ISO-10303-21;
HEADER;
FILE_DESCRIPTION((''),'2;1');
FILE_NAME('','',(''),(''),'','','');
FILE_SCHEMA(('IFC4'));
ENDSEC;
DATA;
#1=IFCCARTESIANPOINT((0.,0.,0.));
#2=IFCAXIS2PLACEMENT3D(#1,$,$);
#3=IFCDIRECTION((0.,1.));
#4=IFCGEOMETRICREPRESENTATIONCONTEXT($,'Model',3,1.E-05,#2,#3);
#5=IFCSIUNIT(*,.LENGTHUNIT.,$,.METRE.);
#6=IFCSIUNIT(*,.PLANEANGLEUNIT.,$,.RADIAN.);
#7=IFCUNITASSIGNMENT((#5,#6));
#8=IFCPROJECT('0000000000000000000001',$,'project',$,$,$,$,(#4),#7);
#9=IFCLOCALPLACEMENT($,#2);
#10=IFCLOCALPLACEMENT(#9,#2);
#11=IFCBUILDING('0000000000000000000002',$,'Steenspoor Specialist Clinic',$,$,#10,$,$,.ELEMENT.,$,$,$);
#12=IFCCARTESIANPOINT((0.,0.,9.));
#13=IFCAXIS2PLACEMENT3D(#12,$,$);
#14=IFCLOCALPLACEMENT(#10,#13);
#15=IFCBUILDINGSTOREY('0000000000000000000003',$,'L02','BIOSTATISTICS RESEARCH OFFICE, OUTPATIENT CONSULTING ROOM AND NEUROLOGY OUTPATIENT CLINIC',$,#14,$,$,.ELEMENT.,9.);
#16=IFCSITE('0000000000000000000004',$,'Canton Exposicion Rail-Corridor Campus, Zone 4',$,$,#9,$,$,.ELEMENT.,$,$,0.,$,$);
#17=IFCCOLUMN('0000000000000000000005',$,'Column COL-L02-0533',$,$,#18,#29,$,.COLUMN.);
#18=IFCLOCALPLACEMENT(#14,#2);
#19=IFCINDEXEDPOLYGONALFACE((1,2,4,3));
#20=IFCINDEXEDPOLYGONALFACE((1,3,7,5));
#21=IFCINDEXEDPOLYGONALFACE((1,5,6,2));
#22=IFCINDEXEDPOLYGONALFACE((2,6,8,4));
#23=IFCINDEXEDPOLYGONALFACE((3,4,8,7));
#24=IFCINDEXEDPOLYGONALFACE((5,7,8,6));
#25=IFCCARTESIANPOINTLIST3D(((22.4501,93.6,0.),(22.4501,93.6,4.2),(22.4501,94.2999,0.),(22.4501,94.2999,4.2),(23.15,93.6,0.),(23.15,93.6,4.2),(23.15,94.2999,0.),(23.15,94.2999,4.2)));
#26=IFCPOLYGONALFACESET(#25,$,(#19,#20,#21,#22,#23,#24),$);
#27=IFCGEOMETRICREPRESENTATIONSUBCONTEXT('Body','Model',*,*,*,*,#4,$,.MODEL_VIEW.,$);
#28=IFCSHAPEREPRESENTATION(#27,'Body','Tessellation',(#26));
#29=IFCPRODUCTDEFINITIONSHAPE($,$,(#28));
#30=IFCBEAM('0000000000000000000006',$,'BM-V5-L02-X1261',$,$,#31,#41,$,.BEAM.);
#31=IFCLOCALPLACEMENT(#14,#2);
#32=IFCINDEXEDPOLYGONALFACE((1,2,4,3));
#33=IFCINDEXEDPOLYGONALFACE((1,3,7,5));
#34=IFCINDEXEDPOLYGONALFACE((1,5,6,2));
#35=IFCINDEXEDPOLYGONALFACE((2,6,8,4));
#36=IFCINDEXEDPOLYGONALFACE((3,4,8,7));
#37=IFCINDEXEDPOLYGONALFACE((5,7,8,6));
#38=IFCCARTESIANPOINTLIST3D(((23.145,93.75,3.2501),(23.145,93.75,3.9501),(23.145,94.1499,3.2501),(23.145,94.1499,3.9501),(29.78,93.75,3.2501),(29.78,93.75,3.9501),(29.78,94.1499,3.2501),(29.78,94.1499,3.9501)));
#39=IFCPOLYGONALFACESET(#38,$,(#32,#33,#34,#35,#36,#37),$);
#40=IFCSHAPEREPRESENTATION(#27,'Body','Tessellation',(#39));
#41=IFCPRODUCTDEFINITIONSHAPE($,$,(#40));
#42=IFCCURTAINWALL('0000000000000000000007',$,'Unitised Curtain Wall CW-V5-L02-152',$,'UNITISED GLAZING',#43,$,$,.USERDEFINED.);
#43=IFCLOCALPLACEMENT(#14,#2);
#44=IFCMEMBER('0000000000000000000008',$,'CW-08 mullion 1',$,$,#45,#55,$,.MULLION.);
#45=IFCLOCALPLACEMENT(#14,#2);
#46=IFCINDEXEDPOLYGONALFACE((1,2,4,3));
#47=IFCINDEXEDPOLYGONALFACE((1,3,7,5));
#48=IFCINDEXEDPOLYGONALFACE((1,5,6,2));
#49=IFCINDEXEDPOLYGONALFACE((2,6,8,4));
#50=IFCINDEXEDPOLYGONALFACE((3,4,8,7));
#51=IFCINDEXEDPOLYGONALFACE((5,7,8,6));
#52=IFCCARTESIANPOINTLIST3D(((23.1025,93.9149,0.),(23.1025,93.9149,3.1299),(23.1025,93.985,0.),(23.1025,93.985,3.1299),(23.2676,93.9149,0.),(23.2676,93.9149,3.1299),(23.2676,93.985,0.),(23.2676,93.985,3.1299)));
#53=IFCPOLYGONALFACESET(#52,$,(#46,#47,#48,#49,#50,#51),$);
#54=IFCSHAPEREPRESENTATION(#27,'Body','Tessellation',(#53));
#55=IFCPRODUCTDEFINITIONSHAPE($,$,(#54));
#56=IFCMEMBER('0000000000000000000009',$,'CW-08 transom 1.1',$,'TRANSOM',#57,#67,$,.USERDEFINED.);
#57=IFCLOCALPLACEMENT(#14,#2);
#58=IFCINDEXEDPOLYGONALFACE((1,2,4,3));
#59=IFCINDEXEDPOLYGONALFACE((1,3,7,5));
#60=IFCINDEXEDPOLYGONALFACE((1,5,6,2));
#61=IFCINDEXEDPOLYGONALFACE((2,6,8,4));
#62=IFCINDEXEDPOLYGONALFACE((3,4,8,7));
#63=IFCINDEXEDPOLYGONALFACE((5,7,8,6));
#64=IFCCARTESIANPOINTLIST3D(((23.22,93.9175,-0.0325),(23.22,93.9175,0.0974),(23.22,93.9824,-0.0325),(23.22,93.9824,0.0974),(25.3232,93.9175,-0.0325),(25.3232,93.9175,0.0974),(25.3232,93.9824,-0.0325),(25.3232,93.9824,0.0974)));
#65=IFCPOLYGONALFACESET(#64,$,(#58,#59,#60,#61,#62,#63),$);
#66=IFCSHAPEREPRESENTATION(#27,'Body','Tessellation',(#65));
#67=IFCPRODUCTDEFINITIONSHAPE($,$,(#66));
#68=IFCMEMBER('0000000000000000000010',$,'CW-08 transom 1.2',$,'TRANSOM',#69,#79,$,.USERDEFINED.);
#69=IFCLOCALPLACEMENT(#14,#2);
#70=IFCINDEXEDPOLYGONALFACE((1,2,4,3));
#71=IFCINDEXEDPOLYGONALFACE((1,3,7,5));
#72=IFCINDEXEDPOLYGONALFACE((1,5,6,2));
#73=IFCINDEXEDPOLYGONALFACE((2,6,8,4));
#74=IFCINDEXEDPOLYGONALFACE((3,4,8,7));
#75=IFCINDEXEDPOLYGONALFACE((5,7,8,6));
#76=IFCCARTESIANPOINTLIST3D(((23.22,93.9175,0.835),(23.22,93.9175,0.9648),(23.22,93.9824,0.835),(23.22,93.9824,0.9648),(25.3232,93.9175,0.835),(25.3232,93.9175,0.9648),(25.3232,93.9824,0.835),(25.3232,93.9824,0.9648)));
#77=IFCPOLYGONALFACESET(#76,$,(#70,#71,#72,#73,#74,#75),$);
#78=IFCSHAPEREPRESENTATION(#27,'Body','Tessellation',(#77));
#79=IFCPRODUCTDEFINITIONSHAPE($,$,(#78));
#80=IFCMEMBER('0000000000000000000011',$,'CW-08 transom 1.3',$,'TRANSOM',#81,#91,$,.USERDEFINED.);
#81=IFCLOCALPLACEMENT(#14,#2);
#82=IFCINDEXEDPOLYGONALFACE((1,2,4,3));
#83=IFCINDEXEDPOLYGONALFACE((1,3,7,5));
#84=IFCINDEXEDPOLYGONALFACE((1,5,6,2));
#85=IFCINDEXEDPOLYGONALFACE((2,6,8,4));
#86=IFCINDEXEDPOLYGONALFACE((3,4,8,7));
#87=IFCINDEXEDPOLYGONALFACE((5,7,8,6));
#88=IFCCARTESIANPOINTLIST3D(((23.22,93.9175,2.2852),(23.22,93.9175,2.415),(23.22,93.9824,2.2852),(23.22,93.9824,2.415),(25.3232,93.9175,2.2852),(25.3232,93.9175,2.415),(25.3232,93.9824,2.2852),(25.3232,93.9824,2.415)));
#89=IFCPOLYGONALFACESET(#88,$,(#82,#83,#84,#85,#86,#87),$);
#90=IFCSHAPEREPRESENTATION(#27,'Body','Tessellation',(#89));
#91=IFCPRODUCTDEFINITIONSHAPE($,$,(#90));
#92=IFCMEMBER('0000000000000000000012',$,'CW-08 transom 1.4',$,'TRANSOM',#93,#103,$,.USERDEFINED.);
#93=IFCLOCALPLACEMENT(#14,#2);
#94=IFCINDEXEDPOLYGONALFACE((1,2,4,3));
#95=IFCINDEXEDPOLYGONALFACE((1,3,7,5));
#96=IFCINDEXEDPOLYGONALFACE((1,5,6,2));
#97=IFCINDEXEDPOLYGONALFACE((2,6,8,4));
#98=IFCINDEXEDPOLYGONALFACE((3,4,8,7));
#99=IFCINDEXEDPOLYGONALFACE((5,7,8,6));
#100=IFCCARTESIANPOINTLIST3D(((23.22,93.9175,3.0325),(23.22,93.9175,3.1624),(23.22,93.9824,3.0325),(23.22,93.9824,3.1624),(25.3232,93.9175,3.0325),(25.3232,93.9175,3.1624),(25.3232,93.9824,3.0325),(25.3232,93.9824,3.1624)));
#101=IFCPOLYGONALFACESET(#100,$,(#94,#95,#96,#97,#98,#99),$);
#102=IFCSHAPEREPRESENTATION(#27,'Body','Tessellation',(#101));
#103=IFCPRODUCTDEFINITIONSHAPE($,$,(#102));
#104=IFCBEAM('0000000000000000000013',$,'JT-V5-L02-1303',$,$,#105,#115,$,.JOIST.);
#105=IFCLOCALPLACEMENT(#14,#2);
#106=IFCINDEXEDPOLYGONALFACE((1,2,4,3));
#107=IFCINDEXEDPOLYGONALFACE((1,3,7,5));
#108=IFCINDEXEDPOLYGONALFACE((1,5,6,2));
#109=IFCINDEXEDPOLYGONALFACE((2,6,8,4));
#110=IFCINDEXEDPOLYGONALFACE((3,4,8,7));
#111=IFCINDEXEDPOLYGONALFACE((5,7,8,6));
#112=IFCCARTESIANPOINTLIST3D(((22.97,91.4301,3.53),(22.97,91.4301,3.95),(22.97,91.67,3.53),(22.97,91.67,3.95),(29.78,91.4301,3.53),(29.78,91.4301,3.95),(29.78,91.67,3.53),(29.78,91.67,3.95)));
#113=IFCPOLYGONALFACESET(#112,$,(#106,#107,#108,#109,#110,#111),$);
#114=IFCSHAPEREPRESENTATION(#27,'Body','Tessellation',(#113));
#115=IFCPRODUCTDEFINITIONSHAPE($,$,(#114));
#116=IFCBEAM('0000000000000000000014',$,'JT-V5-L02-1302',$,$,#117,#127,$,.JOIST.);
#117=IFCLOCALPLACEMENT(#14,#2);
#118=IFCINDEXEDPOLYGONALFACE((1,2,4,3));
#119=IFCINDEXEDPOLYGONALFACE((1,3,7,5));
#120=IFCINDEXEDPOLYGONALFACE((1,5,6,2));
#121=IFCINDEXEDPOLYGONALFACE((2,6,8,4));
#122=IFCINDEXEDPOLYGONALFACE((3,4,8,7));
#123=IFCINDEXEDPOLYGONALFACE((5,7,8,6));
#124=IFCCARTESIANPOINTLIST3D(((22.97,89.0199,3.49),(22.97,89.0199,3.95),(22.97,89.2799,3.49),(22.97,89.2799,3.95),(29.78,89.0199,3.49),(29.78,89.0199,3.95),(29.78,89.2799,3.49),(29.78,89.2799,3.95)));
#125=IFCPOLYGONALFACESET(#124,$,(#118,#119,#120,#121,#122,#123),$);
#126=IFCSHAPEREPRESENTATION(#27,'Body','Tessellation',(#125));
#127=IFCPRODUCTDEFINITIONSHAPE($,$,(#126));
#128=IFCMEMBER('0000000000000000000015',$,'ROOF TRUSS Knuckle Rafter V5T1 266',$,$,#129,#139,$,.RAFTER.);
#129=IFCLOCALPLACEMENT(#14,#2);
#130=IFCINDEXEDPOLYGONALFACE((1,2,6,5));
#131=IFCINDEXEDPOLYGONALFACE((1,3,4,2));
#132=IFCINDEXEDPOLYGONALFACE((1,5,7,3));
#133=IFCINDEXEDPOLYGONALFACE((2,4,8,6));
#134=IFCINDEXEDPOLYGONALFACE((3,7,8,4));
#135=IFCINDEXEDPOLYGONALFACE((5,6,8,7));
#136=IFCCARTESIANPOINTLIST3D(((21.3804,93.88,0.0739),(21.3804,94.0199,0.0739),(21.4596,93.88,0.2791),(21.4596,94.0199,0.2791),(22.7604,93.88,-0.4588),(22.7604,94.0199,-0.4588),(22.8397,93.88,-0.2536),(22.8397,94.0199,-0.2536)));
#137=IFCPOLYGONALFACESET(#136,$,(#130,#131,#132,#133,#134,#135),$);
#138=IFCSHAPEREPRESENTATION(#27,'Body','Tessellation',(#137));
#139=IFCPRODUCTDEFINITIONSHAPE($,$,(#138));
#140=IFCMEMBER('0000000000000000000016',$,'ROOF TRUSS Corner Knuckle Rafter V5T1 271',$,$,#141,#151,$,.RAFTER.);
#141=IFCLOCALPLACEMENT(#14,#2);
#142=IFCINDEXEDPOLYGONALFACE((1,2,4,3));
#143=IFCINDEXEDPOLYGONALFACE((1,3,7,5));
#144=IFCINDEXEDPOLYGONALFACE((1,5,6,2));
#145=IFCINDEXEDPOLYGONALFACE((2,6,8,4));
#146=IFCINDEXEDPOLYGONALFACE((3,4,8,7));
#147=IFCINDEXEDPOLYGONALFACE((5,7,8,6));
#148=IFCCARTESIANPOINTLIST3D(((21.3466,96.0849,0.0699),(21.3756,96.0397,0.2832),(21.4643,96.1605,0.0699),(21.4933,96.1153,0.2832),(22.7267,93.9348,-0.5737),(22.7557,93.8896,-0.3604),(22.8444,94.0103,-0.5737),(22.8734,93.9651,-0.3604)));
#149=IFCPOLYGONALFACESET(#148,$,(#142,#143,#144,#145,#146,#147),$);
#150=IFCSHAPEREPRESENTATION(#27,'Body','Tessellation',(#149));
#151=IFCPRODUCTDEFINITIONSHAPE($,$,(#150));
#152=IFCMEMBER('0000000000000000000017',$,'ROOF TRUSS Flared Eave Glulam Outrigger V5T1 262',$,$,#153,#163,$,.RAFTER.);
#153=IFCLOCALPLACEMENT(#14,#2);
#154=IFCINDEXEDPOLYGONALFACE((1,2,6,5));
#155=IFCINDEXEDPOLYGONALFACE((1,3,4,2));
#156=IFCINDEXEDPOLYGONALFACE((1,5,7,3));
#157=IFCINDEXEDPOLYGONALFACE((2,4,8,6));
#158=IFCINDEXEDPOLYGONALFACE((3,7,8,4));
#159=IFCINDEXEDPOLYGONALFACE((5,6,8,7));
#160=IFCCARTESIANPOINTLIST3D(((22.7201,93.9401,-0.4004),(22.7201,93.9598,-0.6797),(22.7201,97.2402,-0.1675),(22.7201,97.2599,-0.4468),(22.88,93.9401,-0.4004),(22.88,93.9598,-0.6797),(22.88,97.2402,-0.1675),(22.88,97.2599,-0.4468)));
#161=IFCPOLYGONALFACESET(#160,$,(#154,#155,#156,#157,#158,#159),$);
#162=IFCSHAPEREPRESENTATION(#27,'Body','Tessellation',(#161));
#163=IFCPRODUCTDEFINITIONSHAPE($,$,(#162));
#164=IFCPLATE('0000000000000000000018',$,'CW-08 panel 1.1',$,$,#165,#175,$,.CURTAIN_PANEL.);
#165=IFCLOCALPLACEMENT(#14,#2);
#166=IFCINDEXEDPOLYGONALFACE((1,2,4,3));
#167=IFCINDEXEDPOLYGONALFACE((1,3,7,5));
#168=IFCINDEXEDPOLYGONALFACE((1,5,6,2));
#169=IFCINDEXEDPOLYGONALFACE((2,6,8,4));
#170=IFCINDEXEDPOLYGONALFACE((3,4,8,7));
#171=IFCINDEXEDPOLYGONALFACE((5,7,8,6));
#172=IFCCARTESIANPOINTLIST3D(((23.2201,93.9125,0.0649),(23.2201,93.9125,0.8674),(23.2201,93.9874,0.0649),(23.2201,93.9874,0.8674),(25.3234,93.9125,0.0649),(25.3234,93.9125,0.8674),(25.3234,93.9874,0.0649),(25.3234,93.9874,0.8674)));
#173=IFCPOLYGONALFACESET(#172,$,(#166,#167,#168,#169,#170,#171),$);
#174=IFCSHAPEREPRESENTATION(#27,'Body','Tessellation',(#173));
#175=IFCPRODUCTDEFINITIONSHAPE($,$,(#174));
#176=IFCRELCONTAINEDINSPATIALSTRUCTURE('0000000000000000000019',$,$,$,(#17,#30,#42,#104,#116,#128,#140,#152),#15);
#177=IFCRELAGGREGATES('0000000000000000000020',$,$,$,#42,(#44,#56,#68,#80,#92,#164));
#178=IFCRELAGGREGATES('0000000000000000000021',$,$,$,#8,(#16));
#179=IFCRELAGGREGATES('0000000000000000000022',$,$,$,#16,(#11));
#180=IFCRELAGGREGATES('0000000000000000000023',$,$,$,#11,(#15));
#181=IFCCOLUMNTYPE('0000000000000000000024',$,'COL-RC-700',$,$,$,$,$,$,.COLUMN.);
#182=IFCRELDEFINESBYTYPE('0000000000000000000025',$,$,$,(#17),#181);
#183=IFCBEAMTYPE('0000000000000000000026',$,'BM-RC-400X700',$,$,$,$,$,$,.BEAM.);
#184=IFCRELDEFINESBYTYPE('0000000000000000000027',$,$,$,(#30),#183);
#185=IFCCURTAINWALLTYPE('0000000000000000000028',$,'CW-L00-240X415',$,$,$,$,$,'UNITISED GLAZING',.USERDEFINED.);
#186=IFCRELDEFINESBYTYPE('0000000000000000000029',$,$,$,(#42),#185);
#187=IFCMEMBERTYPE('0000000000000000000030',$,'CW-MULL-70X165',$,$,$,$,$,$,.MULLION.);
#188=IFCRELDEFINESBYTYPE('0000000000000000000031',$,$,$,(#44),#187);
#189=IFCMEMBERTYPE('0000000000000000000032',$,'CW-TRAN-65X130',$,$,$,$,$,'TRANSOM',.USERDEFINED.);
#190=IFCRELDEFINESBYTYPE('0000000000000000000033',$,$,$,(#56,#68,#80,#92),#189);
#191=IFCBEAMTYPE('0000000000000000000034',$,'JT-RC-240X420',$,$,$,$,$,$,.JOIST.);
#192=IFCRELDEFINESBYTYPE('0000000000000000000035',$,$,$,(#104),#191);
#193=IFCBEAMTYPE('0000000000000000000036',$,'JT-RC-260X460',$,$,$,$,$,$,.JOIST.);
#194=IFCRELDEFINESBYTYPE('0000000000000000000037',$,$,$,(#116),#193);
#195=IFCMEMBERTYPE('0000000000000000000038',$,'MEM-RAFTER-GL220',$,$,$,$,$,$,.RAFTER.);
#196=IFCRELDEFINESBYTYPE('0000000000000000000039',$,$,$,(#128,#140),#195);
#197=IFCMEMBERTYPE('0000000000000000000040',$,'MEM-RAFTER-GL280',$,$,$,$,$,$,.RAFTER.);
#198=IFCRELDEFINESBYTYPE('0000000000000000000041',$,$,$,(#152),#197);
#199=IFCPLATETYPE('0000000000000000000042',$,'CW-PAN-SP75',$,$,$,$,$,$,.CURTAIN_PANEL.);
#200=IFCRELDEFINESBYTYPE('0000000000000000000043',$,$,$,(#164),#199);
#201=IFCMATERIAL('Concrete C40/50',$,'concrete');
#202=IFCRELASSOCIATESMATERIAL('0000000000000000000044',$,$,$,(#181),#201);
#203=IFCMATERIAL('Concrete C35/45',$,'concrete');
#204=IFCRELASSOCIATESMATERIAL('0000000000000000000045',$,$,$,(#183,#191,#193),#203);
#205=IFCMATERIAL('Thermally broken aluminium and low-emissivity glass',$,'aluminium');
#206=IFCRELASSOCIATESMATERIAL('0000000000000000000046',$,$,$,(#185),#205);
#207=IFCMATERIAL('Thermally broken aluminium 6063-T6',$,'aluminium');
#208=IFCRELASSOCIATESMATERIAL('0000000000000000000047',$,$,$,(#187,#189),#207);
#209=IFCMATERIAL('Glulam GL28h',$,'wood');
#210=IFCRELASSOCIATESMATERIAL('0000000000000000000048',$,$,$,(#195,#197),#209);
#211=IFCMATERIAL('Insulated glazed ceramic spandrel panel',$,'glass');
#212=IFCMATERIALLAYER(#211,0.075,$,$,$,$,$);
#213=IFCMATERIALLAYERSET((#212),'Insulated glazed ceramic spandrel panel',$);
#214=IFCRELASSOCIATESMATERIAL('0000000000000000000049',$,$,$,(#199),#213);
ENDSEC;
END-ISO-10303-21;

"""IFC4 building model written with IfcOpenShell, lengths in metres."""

from ifc_helpers import new_model, si_unit, direction, frame, origin, origin_2d, place, context, subcontext, project, spatial, rectangle, extrude, material, layer, layer_set, material_profile, profile_set, type_object, element, aggregate, save


model = new_model("IFC4")

# Units and contexts
model_context = context("Model", 3, precision=1e-05, world=origin(), true_north=direction((0.0, 1.0)))
body_context = subcontext(model_context, "Body", "Model", "MODEL_VIEW")
ifc_project = project(units=[si_unit("LENGTHUNIT", "METRE"), si_unit("PLANEANGLEUNIT", "RADIAN")], contexts=[model_context])

# Site, building, storey
site_placement = place(None, origin())
site = spatial("IfcSite", under=ifc_project, at=site_placement, Name="Canton Exposicion Rail-Corridor Campus, Zone 4", CompositionType="ELEMENT", RefElevation=0.0)
building_placement = place(site_placement, origin())
building = spatial("IfcBuilding", under=site, at=building_placement, Name="Steenspoor Specialist Clinic", CompositionType="ELEMENT")
storey_placement = place(building_placement, frame((0.0, 0.0, 9.0)))
storey = spatial("IfcBuildingStorey", under=building, at=storey_placement, Name="L02", Description="BIOSTATISTICS RESEARCH OFFICE, OUTPATIENT CONSULTING ROOM AND NEUROLOGY OUTPATIENT CLINIC", CompositionType="ELEMENT", Elevation=9.0)

# Column
ifc_material_1 = material(Name="Concrete C40/50", Category="concrete")
ifc_material_profile_1 = material_profile(ifc_material_1, rectangle(XDim=0.7, YDim=0.7, at=origin_2d()), Name="RC-COL-700X700")
ifc_profile_set_1 = profile_set([ifc_material_profile_1], Name="Concrete C40/50")
column_type = type_object("IfcColumnType", Name="COL-RC-700", PredefinedType="COLUMN", material=ifc_profile_set_1)
column_placement = place(storey_placement, frame((22.8, 93.95, 0.0), z_axis=(0.0, 0.0, 1.0), x_axis=(1.0, 0.0, 0.0)))
element("IfcColumn", 1, at=column_placement, inside=storey, type_object=column_type, Name="Column COL-L02-0533", PredefinedType="COLUMN", context=body_context, shape_type="SweptSolid", body=[
    extrude(rectangle(XDim=0.7, YDim=0.7, at=origin_2d()), origin(), (0.0, 0.0, 1.0), 4.2),
])

# Beam
ifc_material_2 = material(Name="Concrete C35/45", Category="concrete")
ifc_material_profile_2 = material_profile(ifc_material_2, rectangle(XDim=0.3999, YDim=0.7, at=origin_2d()), Name="RC-BM-400X700")
ifc_profile_set_2 = profile_set([ifc_material_profile_2], Name="Concrete C35/45")
beam_type_1 = type_object("IfcBeamType", Name="BM-RC-400X700", PredefinedType="BEAM", material=ifc_profile_set_2)
beam_1_placement = place(storey_placement, frame((23.145, 93.95, 3.6001), z_axis=(1.0, 0.0, 0.0), x_axis=(0.0, 1.0, 0.0)))
element("IfcBeam", 2, at=beam_1_placement, inside=storey, type_object=beam_type_1, Name="BM-V5-L02-X1261", PredefinedType="BEAM", context=body_context, shape_type="SweptSolid", body=[
    extrude(rectangle(XDim=0.3999, YDim=0.7, at=origin_2d()), origin(), (0.0, 0.0, 1.0), 6.635),
])

# Curtain wall, members
ifc_material_3 = material(Name="Thermally broken aluminium and low-emissivity glass", Category="aluminium")
curtain_wall_type = type_object("IfcCurtainWallType", Name="CW-L00-240X415", ElementType="UNITISED GLAZING", PredefinedType="USERDEFINED", material=ifc_material_3)
curtain_wall_placement = place(storey_placement, origin())
curtain_wall = element("IfcCurtainWall", 3, at=curtain_wall_placement, inside=storey, type_object=curtain_wall_type, Name="Unitised Curtain Wall CW-V5-L02-152", ObjectType="UNITISED GLAZING", PredefinedType="USERDEFINED")
ifc_material_4 = material(Name="Thermally broken aluminium 6063-T6", Category="aluminium")
ifc_material_profile_3 = material_profile(ifc_material_4, rectangle(XDim=0.0701, YDim=0.165, at=origin_2d()), Name="CWM-70X165")
ifc_profile_set_3 = profile_set([ifc_material_profile_3], Name="Thermally broken aluminium 6063-T6")
member_type_1 = type_object("IfcMemberType", Name="CW-MULL-70X165", PredefinedType="MULLION", material=ifc_profile_set_3)
member_1_placement = place(storey_placement, frame((23.1851, 93.95, 0.0), z_axis=(0.0, 0.0, 1.0), x_axis=(0.0, 1.0, 0.0)))
member_1 = element("IfcMember", 4, at=member_1_placement, type_object=member_type_1, Name="CW-08 mullion 1", PredefinedType="MULLION", context=body_context, shape_type="SweptSolid", body=[
    extrude(rectangle(XDim=0.0701, YDim=0.165, at=origin_2d()), origin(), (0.0, 0.0, 1.0), 3.1299),
])
ifc_material_profile_4 = material_profile(ifc_material_4, rectangle(XDim=0.0649, YDim=0.1299, at=origin_2d()), Name="CWT-65X130")
ifc_profile_set_4 = profile_set([ifc_material_profile_4], Name="Thermally broken aluminium 6063-T6")
member_type_2 = type_object("IfcMemberType", Name="CW-TRAN-65X130", ElementType="TRANSOM", PredefinedType="USERDEFINED", material=ifc_profile_set_4)
member_2_placement = place(storey_placement, frame((23.22, 93.95, 0.0325), z_axis=(1.0, 0.0, 0.0), x_axis=(0.0, 1.0, 0.0)))
member_2 = element("IfcMember", 5, at=member_2_placement, type_object=member_type_2, Name="CW-08 transom 1.1", ObjectType="TRANSOM", PredefinedType="USERDEFINED", context=body_context, shape_type="SweptSolid", body=[
    extrude(rectangle(XDim=0.0649, YDim=0.1299, at=origin_2d()), origin(), (0.0, 0.0, 1.0), 2.1033),
])
member_3_placement = place(storey_placement, frame((23.22, 93.95, 0.8999), z_axis=(1.0, 0.0, 0.0), x_axis=(0.0, 1.0, 0.0)))
member_3 = element("IfcMember", 6, at=member_3_placement, type_object=member_type_2, Name="CW-08 transom 1.2", ObjectType="TRANSOM", PredefinedType="USERDEFINED", context=body_context, shape_type="SweptSolid", body=[
    extrude(rectangle(XDim=0.0649, YDim=0.1299, at=origin_2d()), origin(), (0.0, 0.0, 1.0), 2.1033),
])
member_4_placement = place(storey_placement, frame((23.22, 93.95, 2.3501), z_axis=(1.0, 0.0, 0.0), x_axis=(0.0, 1.0, 0.0)))
member_4 = element("IfcMember", 7, at=member_4_placement, type_object=member_type_2, Name="CW-08 transom 1.3", ObjectType="TRANSOM", PredefinedType="USERDEFINED", context=body_context, shape_type="SweptSolid", body=[
    extrude(rectangle(XDim=0.0649, YDim=0.1299, at=origin_2d()), origin(), (0.0, 0.0, 1.0), 2.1033),
])
member_5_placement = place(storey_placement, frame((23.22, 93.95, 3.0974), z_axis=(1.0, 0.0, 0.0), x_axis=(0.0, 1.0, 0.0)))
member_5 = element("IfcMember", 8, at=member_5_placement, type_object=member_type_2, Name="CW-08 transom 1.4", ObjectType="TRANSOM", PredefinedType="USERDEFINED", context=body_context, shape_type="SweptSolid", body=[
    extrude(rectangle(XDim=0.0649, YDim=0.1299, at=origin_2d()), origin(), (0.0, 0.0, 1.0), 2.1033),
])

# Beams
ifc_material_profile_5 = material_profile(ifc_material_2, rectangle(XDim=0.24, YDim=0.4199, at=origin_2d()), Name="RC-JT-240X420")
ifc_profile_set_5 = profile_set([ifc_material_profile_5], Name="Concrete C35/45")
beam_type_2 = type_object("IfcBeamType", Name="JT-RC-240X420", PredefinedType="JOIST", material=ifc_profile_set_5)
beam_2_placement = place(storey_placement, frame((22.97, 91.55, 3.74), z_axis=(1.0, 0.0, 0.0), x_axis=(0.0, 1.0, 0.0)))
element("IfcBeam", 9, at=beam_2_placement, inside=storey, type_object=beam_type_2, Name="JT-V5-L02-1303", PredefinedType="JOIST", context=body_context, shape_type="SweptSolid", body=[
    extrude(rectangle(XDim=0.24, YDim=0.4199, at=origin_2d()), origin(), (0.0, 0.0, 1.0), 6.8101),
])
ifc_material_profile_6 = material_profile(ifc_material_2, rectangle(XDim=0.26, YDim=0.46, at=origin_2d()), Name="RC-JT-260X460")
ifc_profile_set_6 = profile_set([ifc_material_profile_6], Name="Concrete C35/45")
beam_type_3 = type_object("IfcBeamType", Name="JT-RC-260X460", PredefinedType="JOIST", material=ifc_profile_set_6)
beam_3_placement = place(storey_placement, frame((22.97, 89.1499, 3.72), z_axis=(1.0, 0.0, 0.0), x_axis=(0.0, 1.0, 0.0)))
element("IfcBeam", 10, at=beam_3_placement, inside=storey, type_object=beam_type_3, Name="JT-V5-L02-1302", PredefinedType="JOIST", context=body_context, shape_type="SweptSolid", body=[
    extrude(rectangle(XDim=0.26, YDim=0.46, at=origin_2d()), origin(), (0.0, 0.0, 1.0), 6.8101),
])

# Members
ifc_material_5 = material(Name="Glulam GL28h", Category="wood")
ifc_material_profile_7 = material_profile(ifc_material_5, rectangle(XDim=0.1399, YDim=0.22, at=origin_2d()), Name="GL28H-140X220")
ifc_profile_set_7 = profile_set([ifc_material_profile_7], Name="Glulam GL28h")
member_type_3 = type_object("IfcMemberType", Name="MEM-RAFTER-GL220", PredefinedType="RAFTER", material=ifc_profile_set_7)
member_6_placement = place(storey_placement, frame((22.8, 93.95, -0.3562), z_axis=(-0.932915, 0.0, 0.360096), x_axis=(0.0, -1.0, 0.0)))
element("IfcMember", 11, at=member_6_placement, inside=storey, type_object=member_type_3, Name="ROOF TRUSS Knuckle Rafter V5T1 266", PredefinedType="RAFTER", context=body_context, shape_type="SweptSolid", body=[
    extrude(rectangle(XDim=0.1399, YDim=0.22, at=origin_2d()), origin(), (0.0, 0.0, 1.0), 1.4792),
])
member_7_placement = place(storey_placement, frame((22.8, 93.95, -0.467), z_axis=(-0.523812, 0.816064, 0.244254), x_axis=(-0.841554, -0.540173, 0.0)))
element("IfcMember", 12, at=member_7_placement, inside=storey, type_object=member_type_3, Name="ROOF TRUSS Corner Knuckle Rafter V5T1 271", PredefinedType="RAFTER", context=body_context, shape_type="SweptSolid", body=[
    extrude(rectangle(XDim=0.1399, YDim=0.22, at=origin_2d()), origin(), (0.0, 0.0, 1.0), 2.6348),
])
ifc_material_profile_8 = material_profile(ifc_material_5, rectangle(XDim=0.1599, YDim=0.28, at=origin_2d()), Name="GL28H-160X280")
ifc_profile_set_8 = profile_set([ifc_material_profile_8], Name="Glulam GL28h")
member_type_4 = type_object("IfcMemberType", Name="MEM-RAFTER-GL280", PredefinedType="RAFTER", material=ifc_profile_set_8)
member_8_placement = place(storey_placement, frame((22.8, 93.95, -0.54), z_axis=(0.0, 0.997519, 0.070403), x_axis=(-1.0, 0.0, 0.0)))
element("IfcMember", 13, at=member_8_placement, inside=storey, type_object=member_type_4, Name="ROOF TRUSS Flared Eave Glulam Outrigger V5T1 262", PredefinedType="RAFTER", context=body_context, shape_type="SweptSolid", body=[
    extrude(rectangle(XDim=0.1599, YDim=0.28, at=origin_2d()), origin(), (0.0, 0.0, 1.0), 3.3083),
])

# Plate
ifc_material_6 = material(Name="Insulated glazed ceramic spandrel panel", Category="glass")
ifc_layer_1 = layer(ifc_material_6, 0.075)
ifc_layer_set_1 = layer_set([ifc_layer_1], Name="Insulated glazed ceramic spandrel panel")
plate_type = type_object("IfcPlateType", Name="CW-PAN-SP75", PredefinedType="CURTAIN_PANEL", material=ifc_layer_set_1)
plate_1_placement = place(storey_placement, frame((24.2717, 93.95, 0.0649), z_axis=(0.0, 0.0, 1.0), x_axis=(1.0, 0.0, 0.0)))
plate_1 = element("IfcPlate", 14, at=plate_1_placement, type_object=plate_type, Name="CW-08 panel 1.1", PredefinedType="CURTAIN_PANEL", context=body_context, shape_type="SweptSolid", body=[
    extrude(rectangle(XDim=2.1033, YDim=0.075, at=origin_2d()), origin(), (0.0, 0.0, 1.0), 0.8025),
])
aggregate(curtain_wall, [member_1, member_2, member_3, member_4, member_5, plate_1])

save(model, "model.ifc")
